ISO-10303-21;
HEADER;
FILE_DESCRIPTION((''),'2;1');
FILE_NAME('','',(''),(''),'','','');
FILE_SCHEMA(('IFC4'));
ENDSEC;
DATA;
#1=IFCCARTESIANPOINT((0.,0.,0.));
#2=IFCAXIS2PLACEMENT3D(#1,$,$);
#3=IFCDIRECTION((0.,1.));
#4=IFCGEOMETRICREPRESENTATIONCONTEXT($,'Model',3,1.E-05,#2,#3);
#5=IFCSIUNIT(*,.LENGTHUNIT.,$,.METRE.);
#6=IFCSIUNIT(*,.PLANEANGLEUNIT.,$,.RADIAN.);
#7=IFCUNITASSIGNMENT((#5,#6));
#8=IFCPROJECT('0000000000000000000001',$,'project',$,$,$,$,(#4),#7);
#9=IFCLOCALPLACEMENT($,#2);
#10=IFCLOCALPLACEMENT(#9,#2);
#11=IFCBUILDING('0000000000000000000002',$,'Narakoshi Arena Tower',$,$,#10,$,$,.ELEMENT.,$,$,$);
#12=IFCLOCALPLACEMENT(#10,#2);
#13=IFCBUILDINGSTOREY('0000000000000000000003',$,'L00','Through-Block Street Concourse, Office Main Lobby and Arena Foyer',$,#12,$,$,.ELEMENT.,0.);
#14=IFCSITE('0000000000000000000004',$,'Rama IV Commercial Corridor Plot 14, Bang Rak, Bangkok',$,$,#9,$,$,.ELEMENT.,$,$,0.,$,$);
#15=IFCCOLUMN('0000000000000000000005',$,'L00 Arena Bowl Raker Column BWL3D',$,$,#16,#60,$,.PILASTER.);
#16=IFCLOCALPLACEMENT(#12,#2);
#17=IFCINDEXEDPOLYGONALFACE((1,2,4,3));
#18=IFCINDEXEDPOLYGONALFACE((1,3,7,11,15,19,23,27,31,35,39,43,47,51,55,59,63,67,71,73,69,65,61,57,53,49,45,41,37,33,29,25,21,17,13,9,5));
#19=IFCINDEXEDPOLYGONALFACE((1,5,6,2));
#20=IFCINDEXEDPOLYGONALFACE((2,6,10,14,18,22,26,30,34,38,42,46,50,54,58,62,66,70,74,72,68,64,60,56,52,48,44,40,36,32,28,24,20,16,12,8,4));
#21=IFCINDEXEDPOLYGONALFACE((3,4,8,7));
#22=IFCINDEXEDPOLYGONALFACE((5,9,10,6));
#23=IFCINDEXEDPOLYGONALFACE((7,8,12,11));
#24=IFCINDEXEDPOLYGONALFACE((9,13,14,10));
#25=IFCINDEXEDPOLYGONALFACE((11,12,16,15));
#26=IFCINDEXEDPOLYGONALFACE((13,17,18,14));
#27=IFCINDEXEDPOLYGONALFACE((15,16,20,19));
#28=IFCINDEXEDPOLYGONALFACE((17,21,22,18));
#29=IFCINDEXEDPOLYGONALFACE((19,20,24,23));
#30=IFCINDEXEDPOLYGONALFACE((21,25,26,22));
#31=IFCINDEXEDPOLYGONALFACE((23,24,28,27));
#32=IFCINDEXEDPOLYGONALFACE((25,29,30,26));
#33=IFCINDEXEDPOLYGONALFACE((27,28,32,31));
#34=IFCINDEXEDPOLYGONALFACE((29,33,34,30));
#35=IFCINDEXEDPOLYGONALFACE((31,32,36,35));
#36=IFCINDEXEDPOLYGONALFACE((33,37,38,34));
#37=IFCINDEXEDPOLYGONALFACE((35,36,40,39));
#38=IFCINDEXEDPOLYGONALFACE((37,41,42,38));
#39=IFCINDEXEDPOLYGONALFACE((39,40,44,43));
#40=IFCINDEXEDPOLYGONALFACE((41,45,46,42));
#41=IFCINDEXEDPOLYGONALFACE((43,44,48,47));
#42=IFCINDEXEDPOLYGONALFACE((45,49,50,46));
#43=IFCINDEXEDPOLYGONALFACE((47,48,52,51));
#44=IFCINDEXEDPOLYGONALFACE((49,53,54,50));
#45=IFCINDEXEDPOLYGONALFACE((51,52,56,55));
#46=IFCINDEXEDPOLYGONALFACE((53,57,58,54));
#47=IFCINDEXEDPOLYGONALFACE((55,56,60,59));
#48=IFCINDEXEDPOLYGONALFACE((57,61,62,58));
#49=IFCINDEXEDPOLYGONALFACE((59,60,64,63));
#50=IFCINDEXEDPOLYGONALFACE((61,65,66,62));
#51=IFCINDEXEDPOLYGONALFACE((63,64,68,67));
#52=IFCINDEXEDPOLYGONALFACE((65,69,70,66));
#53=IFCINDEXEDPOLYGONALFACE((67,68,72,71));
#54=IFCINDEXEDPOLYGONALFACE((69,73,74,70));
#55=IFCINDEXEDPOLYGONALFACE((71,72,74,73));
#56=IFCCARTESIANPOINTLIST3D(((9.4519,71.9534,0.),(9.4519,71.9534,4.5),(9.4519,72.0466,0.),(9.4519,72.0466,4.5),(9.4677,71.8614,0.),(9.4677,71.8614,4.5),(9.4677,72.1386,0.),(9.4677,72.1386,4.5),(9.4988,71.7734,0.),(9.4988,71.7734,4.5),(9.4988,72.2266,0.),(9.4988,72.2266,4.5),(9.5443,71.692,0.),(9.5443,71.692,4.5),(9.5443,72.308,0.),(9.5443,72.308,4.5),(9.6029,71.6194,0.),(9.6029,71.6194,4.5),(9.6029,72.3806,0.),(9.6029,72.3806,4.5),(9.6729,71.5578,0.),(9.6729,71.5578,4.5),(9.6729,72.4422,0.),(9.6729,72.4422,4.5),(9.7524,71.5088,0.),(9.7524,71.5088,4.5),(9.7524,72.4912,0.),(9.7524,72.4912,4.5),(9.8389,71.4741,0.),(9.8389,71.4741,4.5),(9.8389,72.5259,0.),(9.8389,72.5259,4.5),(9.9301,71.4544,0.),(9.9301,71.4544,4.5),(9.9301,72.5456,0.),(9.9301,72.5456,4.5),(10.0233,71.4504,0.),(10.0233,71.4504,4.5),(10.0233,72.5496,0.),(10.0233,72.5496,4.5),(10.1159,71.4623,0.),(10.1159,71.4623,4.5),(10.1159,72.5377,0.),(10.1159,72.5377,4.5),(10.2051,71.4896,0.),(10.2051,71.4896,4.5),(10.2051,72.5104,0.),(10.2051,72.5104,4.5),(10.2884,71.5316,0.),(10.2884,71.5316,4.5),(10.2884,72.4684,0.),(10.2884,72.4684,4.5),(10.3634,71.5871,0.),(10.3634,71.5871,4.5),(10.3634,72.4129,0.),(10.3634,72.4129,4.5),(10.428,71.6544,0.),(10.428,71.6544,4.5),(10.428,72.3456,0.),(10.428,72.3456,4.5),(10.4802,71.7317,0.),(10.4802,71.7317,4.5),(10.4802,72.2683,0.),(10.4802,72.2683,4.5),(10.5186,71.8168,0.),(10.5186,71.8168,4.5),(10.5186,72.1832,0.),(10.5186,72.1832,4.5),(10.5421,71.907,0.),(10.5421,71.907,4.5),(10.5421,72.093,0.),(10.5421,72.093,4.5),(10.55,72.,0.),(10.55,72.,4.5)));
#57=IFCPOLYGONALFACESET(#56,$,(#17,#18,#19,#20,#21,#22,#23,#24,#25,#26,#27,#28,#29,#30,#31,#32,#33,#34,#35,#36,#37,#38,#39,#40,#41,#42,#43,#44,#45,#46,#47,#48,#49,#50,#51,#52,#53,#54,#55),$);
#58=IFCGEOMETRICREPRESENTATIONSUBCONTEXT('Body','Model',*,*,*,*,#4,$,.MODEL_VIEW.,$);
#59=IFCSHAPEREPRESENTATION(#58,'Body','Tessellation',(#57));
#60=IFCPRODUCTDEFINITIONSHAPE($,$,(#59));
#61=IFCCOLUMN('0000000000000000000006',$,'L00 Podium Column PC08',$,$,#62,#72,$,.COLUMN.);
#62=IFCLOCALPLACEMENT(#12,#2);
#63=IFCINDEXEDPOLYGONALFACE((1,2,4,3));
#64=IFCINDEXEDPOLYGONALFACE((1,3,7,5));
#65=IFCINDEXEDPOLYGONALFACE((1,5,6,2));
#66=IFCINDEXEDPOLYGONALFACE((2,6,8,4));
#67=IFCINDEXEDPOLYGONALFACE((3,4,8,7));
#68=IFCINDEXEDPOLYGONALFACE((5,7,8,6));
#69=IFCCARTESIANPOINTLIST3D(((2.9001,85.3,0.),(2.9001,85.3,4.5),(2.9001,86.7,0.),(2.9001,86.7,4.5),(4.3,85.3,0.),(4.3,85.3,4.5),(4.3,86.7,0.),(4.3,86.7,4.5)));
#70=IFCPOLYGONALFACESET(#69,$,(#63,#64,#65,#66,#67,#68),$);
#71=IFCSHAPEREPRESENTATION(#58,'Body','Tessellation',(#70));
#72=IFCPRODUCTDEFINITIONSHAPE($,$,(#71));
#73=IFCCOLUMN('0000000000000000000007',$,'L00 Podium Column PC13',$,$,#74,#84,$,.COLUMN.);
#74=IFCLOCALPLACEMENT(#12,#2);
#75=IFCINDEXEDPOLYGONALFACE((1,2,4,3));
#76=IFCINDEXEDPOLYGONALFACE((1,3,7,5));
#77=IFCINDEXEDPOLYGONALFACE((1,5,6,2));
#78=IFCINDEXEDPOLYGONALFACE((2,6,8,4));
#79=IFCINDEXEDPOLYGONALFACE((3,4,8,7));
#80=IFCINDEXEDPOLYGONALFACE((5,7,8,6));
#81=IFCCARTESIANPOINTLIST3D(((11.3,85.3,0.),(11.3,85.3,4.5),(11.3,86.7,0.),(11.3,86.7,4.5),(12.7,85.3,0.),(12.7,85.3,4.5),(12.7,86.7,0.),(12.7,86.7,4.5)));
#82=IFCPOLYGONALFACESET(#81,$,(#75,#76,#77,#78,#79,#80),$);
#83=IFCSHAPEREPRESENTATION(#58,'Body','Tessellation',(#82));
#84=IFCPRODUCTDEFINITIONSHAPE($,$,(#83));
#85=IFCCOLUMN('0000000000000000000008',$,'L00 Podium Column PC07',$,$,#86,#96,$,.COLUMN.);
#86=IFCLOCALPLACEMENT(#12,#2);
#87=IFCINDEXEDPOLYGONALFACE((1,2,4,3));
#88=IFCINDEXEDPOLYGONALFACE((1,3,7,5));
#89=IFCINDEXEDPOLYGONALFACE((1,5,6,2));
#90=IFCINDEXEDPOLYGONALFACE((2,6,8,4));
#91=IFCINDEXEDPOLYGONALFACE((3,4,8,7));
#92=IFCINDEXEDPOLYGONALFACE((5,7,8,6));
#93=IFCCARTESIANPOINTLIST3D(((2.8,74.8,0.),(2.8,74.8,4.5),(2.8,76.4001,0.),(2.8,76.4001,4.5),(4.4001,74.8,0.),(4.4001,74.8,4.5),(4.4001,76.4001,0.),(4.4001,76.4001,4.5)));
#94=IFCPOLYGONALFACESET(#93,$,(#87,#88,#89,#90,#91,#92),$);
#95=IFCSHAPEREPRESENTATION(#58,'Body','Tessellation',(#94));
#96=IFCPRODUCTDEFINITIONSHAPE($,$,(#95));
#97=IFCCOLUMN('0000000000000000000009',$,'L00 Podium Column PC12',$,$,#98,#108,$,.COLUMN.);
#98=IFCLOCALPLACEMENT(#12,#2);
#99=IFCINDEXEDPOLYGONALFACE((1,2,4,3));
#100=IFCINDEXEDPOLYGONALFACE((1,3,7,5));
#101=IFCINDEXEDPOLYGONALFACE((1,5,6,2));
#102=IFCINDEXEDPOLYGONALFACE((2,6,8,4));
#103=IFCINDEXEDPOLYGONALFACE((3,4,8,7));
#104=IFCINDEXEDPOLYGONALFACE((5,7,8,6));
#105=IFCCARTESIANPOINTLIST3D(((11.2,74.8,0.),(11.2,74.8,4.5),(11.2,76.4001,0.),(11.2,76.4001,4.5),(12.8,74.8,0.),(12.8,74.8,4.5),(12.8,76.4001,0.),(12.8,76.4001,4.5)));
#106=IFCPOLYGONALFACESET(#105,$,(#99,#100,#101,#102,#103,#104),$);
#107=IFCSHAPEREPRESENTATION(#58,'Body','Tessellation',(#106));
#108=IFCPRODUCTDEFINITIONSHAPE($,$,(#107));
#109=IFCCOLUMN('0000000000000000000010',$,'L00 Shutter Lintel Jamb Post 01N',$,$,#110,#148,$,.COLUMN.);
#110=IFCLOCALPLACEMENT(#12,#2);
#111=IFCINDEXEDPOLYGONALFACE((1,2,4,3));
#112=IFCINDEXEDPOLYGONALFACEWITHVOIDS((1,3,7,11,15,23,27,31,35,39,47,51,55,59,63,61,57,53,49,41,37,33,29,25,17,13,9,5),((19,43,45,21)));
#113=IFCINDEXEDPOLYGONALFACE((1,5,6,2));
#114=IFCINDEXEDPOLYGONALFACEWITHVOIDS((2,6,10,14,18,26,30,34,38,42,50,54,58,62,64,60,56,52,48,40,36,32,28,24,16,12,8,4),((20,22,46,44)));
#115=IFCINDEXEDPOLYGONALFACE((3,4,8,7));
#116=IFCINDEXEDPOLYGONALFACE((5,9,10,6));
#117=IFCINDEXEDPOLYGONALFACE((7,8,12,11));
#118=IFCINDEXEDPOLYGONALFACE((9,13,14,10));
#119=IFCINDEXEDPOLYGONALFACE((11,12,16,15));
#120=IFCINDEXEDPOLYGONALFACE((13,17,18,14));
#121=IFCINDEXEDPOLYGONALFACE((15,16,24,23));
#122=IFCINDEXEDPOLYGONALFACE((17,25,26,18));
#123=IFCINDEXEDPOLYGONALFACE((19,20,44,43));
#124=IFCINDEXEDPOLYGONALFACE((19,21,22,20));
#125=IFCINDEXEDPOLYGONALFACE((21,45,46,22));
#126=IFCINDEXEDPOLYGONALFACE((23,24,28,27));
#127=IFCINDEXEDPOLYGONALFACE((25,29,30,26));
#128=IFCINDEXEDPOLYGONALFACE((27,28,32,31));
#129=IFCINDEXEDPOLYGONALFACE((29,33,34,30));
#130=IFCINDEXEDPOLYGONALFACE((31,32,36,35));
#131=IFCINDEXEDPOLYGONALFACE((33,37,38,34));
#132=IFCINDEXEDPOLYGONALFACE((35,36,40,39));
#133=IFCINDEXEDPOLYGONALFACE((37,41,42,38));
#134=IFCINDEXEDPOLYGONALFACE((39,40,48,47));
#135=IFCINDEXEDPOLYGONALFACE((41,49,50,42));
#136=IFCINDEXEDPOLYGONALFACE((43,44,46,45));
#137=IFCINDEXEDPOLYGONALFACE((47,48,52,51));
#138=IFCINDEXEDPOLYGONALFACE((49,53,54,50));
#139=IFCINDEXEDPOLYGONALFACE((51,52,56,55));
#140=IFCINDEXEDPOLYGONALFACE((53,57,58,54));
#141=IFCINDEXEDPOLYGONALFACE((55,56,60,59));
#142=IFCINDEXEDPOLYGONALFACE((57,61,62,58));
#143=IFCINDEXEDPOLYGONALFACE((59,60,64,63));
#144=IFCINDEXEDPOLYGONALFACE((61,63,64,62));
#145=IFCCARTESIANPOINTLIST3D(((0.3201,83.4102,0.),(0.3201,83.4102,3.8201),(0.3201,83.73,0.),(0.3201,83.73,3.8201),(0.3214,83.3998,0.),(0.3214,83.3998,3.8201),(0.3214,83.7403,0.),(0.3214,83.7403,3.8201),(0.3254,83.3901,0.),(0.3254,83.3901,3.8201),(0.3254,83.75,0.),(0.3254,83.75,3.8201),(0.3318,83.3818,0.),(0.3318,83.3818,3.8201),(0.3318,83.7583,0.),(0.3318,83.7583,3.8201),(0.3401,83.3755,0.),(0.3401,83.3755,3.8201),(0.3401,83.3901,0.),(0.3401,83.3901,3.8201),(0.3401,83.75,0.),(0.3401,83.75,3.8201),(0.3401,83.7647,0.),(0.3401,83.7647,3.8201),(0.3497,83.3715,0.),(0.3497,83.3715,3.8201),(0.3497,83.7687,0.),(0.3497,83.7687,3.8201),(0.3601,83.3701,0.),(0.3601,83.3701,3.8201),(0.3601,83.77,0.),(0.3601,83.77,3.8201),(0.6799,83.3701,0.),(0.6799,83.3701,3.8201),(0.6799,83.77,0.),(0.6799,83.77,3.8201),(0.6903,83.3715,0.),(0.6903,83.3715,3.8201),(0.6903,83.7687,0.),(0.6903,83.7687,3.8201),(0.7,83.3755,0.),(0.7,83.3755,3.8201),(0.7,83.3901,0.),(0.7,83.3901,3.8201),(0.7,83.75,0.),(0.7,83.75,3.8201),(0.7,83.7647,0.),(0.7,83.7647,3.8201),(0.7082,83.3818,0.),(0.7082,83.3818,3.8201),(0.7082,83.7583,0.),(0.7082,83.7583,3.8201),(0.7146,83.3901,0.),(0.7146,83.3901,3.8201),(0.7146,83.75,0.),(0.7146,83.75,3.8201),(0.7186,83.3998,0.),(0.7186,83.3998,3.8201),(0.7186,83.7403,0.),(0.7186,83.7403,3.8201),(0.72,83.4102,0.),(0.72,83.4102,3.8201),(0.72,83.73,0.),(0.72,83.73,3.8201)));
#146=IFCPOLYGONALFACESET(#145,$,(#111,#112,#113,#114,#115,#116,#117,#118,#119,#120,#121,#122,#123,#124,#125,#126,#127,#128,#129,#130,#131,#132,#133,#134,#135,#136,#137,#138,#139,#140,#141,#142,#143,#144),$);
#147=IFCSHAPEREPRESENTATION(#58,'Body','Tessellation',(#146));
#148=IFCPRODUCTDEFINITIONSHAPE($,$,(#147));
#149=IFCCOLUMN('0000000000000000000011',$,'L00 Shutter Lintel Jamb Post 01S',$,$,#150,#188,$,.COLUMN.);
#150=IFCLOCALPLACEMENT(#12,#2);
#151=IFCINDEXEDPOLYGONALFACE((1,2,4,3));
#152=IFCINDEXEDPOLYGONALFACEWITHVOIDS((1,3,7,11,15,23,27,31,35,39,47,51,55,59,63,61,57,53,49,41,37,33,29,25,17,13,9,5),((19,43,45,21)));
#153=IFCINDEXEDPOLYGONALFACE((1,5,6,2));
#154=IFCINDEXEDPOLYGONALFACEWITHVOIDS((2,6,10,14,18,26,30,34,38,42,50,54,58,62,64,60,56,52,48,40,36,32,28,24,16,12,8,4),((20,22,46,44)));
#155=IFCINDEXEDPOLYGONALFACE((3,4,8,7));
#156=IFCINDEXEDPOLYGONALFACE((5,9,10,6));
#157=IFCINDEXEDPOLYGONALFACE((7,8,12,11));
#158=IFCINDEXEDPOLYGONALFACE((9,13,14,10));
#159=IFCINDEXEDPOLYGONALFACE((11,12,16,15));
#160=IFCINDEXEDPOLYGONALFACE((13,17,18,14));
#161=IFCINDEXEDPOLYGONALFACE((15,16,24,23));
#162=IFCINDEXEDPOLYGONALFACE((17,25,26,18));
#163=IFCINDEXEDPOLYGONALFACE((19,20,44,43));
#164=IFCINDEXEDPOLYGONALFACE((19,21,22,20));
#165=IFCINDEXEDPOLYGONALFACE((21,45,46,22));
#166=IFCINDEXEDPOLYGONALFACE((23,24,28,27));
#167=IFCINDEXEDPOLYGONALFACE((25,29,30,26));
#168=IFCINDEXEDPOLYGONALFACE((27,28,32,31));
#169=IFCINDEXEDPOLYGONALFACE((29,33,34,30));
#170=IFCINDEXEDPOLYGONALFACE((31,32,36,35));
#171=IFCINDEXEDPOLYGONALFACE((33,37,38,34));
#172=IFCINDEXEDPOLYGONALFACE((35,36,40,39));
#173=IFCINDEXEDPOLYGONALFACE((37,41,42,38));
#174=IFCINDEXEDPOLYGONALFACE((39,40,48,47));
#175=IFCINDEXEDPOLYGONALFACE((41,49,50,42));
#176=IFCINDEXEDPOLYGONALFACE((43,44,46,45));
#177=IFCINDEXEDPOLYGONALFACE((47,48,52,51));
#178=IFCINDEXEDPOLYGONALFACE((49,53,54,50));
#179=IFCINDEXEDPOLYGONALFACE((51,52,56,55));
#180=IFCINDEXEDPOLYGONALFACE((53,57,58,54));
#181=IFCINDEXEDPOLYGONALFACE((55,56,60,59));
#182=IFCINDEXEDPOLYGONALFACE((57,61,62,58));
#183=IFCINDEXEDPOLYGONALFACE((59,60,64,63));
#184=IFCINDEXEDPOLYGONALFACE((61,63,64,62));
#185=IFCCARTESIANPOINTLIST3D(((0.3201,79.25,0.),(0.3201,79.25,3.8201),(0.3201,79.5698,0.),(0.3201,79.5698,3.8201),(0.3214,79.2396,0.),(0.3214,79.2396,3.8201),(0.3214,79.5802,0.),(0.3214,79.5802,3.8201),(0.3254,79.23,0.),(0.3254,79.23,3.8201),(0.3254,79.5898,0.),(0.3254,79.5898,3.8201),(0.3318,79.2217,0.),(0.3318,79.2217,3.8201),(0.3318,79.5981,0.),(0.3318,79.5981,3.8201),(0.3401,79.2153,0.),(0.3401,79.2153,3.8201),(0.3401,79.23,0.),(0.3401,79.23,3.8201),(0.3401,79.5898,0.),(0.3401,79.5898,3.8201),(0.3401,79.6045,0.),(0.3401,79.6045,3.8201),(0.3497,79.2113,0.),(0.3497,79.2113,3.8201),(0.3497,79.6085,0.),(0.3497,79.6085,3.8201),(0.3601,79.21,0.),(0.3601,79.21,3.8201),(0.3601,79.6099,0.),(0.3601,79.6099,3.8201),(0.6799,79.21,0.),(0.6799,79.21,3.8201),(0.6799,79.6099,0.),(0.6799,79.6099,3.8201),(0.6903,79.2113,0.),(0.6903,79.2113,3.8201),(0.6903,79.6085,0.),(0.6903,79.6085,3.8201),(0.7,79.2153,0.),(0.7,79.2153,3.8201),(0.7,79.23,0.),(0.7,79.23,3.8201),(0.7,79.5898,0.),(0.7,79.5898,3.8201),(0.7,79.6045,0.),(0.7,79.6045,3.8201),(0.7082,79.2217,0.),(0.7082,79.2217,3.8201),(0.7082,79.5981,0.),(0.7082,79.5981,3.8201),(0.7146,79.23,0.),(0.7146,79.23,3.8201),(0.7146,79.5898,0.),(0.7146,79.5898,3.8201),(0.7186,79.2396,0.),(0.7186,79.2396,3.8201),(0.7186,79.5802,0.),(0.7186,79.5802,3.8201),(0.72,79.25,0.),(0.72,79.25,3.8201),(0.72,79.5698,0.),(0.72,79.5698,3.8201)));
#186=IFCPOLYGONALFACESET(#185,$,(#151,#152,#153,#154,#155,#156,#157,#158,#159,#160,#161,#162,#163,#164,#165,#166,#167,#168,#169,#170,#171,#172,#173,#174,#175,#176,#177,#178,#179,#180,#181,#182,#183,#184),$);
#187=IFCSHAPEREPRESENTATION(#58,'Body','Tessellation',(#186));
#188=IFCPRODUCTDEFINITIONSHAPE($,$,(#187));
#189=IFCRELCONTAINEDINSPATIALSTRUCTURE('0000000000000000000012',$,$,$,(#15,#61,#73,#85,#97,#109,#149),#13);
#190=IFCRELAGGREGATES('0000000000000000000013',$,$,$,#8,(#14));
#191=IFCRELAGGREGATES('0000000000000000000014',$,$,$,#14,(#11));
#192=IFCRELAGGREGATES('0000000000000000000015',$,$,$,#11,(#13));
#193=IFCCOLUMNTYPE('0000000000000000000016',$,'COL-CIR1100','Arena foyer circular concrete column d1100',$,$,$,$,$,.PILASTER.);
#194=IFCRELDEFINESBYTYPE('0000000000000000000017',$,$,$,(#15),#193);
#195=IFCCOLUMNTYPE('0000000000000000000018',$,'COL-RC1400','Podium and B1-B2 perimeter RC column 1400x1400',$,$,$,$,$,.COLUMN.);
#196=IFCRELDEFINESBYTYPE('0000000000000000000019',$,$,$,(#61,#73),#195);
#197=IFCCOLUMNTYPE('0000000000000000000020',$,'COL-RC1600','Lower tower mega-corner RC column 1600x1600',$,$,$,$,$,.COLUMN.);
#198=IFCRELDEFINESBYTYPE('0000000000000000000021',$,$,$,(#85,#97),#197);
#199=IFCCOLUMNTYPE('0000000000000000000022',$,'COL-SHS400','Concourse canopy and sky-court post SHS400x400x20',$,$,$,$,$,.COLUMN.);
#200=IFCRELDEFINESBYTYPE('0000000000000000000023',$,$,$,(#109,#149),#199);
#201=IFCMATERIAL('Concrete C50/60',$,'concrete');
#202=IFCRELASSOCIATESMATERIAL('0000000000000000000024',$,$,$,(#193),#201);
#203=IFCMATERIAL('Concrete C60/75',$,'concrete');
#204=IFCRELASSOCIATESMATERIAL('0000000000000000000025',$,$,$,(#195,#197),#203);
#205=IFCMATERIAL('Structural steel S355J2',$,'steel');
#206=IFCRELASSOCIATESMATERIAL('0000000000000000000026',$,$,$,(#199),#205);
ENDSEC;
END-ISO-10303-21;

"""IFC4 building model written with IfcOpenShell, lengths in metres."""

from ifc_helpers import new_model, si_unit, direction, frame, origin, origin_2d, place, context, subcontext, project, spatial, rectangle, hollow_rectangle, circle, extrude, material, material_profile, profile_set, type_object, element, save


model = new_model("IFC4")

# Units and contexts
model_context = context("Model", 3, precision=1e-05, world=origin(), true_north=direction((0.0, 1.0)))
body_context = subcontext(model_context, "Body", "Model", "MODEL_VIEW")
ifc_project = project(units=[si_unit("LENGTHUNIT", "METRE"), si_unit("PLANEANGLEUNIT", "RADIAN")], contexts=[model_context])

# Site, building, storey
site_placement = place(None, origin())
site = spatial("IfcSite", under=ifc_project, at=site_placement, Name="Rama IV Commercial Corridor Plot 14, Bang Rak, Bangkok", CompositionType="ELEMENT", RefElevation=0.0)
building_placement = place(site_placement, origin())
building = spatial("IfcBuilding", under=site, at=building_placement, Name="Narakoshi Arena Tower", CompositionType="ELEMENT")
storey_placement = place(building_placement, origin())
storey = spatial("IfcBuildingStorey", under=building, at=storey_placement, Name="L00", Description="Through-Block Street Concourse, Office Main Lobby and Arena Foyer", CompositionType="ELEMENT", Elevation=0.0)

# Columns
ifc_material_1 = material(Name="Concrete C50/60", Category="concrete")
ifc_material_profile_1 = material_profile(ifc_material_1, circle(Radius=0.55, at=origin_2d()), Name="RCC1100")
ifc_profile_set_1 = profile_set([ifc_material_profile_1], Name="Concrete C50/60")
column_type_1 = type_object("IfcColumnType", Name="COL-CIR1100", Description="Arena foyer circular concrete column d1100", PredefinedType="PILASTER", material=ifc_profile_set_1)
column_placement = place(storey_placement, frame((10.0, 72.0, 0.0), z_axis=(0.0, 0.0, 1.0), x_axis=(1.0, 0.0, 0.0)))
element("IfcColumn", 1, at=column_placement, inside=storey, type_object=column_type_1, Name="L00 Arena Bowl Raker Column BWL3D", PredefinedType="PILASTER", context=body_context, shape_type="SweptSolid", body=[
    extrude(circle(Radius=0.55, at=origin_2d()), origin(), (0.0, 0.0, 1.0), 4.5),
])
ifc_material_2 = material(Name="Concrete C60/75", Category="concrete")
ifc_material_profile_2 = material_profile(ifc_material_2, rectangle(XDim=1.3999, YDim=1.3999, at=origin_2d()), Name="RC1400x1400")
ifc_profile_set_2 = profile_set([ifc_material_profile_2], Name="Concrete C60/75")
column_type_2 = type_object("IfcColumnType", Name="COL-RC1400", Description="Podium and B1-B2 perimeter RC column 1400x1400", PredefinedType="COLUMN", material=ifc_profile_set_2)
for number, where, z_axis, x_axis, name in (
    (2, (3.6001, 86.0, 0.0), (0.0, 0.0, 1.0), (1.0, 0.0, 0.0), "L00 Podium Column PC08"),
    (3, (12.0, 86.0, 0.0), (0.0, 0.0, 1.0), (1.0, 0.0, 0.0), "L00 Podium Column PC13"),
):
    element("IfcColumn", number, at=place(storey_placement, frame(where, z_axis=z_axis, x_axis=x_axis)), inside=storey, type_object=column_type_2, Name=name, PredefinedType="COLUMN", context=body_context, shape_type="SweptSolid", body=[
        extrude(rectangle(XDim=1.3999, YDim=1.3999, at=origin_2d()), origin(), (0.0, 0.0, 1.0), 4.5),
    ])
ifc_material_profile_3 = material_profile(ifc_material_2, rectangle(XDim=1.6001, YDim=1.6001, at=origin_2d()), Name="RC1600x1600")
ifc_profile_set_3 = profile_set([ifc_material_profile_3], Name="Concrete C60/75")
column_type_3 = type_object("IfcColumnType", Name="COL-RC1600", Description="Lower tower mega-corner RC column 1600x1600", PredefinedType="COLUMN", material=ifc_profile_set_3)
for number, where, z_axis, x_axis, name in (
    (4, (3.6001, 75.6001, 0.0), (0.0, 0.0, 1.0), (1.0, 0.0, 0.0), "L00 Podium Column PC07"),
    (5, (12.0, 75.6001, 0.0), (0.0, 0.0, 1.0), (1.0, 0.0, 0.0), "L00 Podium Column PC12"),
):
    element("IfcColumn", number, at=place(storey_placement, frame(where, z_axis=z_axis, x_axis=x_axis)), inside=storey, type_object=column_type_3, Name=name, PredefinedType="COLUMN", context=body_context, shape_type="SweptSolid", body=[
        extrude(rectangle(XDim=1.6001, YDim=1.6001, at=origin_2d()), origin(), (0.0, 0.0, 1.0), 4.5),
    ])
ifc_material_3 = material(Name="Structural steel S355J2", Category="steel")
ifc_material_profile_4 = material_profile(ifc_material_3, hollow_rectangle(XDim=0.3999, YDim=0.3999, WallThickness=0.02, OuterFilletRadius=0.04, at=origin_2d()), Name="SHS400x400x20")
ifc_profile_set_4 = profile_set([ifc_material_profile_4], Name="Structural steel S355J2")
column_type_4 = type_object("IfcColumnType", Name="COL-SHS400", Description="Concourse canopy and sky-court post SHS400x400x20", PredefinedType="COLUMN", material=ifc_profile_set_4)
for number, where, z_axis, x_axis, name in (
    (6, (0.52, 83.5701, 0.0), (0.0, 0.0, 1.0), (1.0, 0.0, 0.0), "L00 Shutter Lintel Jamb Post 01N"),
    (7, (0.52, 79.4099, 0.0), (0.0, 0.0, 1.0), (1.0, 0.0, 0.0), "L00 Shutter Lintel Jamb Post 01S"),
):
    element("IfcColumn", number, at=place(storey_placement, frame(where, z_axis=z_axis, x_axis=x_axis)), inside=storey, type_object=column_type_4, Name=name, PredefinedType="COLUMN", context=body_context, shape_type="SweptSolid", body=[
        extrude(hollow_rectangle(XDim=0.3999, YDim=0.3999, WallThickness=0.02, OuterFilletRadius=0.04, at=origin_2d()), origin(), (0.0, 0.0, 1.0), 3.8201),
    ])

save(model, "model.ifc")
